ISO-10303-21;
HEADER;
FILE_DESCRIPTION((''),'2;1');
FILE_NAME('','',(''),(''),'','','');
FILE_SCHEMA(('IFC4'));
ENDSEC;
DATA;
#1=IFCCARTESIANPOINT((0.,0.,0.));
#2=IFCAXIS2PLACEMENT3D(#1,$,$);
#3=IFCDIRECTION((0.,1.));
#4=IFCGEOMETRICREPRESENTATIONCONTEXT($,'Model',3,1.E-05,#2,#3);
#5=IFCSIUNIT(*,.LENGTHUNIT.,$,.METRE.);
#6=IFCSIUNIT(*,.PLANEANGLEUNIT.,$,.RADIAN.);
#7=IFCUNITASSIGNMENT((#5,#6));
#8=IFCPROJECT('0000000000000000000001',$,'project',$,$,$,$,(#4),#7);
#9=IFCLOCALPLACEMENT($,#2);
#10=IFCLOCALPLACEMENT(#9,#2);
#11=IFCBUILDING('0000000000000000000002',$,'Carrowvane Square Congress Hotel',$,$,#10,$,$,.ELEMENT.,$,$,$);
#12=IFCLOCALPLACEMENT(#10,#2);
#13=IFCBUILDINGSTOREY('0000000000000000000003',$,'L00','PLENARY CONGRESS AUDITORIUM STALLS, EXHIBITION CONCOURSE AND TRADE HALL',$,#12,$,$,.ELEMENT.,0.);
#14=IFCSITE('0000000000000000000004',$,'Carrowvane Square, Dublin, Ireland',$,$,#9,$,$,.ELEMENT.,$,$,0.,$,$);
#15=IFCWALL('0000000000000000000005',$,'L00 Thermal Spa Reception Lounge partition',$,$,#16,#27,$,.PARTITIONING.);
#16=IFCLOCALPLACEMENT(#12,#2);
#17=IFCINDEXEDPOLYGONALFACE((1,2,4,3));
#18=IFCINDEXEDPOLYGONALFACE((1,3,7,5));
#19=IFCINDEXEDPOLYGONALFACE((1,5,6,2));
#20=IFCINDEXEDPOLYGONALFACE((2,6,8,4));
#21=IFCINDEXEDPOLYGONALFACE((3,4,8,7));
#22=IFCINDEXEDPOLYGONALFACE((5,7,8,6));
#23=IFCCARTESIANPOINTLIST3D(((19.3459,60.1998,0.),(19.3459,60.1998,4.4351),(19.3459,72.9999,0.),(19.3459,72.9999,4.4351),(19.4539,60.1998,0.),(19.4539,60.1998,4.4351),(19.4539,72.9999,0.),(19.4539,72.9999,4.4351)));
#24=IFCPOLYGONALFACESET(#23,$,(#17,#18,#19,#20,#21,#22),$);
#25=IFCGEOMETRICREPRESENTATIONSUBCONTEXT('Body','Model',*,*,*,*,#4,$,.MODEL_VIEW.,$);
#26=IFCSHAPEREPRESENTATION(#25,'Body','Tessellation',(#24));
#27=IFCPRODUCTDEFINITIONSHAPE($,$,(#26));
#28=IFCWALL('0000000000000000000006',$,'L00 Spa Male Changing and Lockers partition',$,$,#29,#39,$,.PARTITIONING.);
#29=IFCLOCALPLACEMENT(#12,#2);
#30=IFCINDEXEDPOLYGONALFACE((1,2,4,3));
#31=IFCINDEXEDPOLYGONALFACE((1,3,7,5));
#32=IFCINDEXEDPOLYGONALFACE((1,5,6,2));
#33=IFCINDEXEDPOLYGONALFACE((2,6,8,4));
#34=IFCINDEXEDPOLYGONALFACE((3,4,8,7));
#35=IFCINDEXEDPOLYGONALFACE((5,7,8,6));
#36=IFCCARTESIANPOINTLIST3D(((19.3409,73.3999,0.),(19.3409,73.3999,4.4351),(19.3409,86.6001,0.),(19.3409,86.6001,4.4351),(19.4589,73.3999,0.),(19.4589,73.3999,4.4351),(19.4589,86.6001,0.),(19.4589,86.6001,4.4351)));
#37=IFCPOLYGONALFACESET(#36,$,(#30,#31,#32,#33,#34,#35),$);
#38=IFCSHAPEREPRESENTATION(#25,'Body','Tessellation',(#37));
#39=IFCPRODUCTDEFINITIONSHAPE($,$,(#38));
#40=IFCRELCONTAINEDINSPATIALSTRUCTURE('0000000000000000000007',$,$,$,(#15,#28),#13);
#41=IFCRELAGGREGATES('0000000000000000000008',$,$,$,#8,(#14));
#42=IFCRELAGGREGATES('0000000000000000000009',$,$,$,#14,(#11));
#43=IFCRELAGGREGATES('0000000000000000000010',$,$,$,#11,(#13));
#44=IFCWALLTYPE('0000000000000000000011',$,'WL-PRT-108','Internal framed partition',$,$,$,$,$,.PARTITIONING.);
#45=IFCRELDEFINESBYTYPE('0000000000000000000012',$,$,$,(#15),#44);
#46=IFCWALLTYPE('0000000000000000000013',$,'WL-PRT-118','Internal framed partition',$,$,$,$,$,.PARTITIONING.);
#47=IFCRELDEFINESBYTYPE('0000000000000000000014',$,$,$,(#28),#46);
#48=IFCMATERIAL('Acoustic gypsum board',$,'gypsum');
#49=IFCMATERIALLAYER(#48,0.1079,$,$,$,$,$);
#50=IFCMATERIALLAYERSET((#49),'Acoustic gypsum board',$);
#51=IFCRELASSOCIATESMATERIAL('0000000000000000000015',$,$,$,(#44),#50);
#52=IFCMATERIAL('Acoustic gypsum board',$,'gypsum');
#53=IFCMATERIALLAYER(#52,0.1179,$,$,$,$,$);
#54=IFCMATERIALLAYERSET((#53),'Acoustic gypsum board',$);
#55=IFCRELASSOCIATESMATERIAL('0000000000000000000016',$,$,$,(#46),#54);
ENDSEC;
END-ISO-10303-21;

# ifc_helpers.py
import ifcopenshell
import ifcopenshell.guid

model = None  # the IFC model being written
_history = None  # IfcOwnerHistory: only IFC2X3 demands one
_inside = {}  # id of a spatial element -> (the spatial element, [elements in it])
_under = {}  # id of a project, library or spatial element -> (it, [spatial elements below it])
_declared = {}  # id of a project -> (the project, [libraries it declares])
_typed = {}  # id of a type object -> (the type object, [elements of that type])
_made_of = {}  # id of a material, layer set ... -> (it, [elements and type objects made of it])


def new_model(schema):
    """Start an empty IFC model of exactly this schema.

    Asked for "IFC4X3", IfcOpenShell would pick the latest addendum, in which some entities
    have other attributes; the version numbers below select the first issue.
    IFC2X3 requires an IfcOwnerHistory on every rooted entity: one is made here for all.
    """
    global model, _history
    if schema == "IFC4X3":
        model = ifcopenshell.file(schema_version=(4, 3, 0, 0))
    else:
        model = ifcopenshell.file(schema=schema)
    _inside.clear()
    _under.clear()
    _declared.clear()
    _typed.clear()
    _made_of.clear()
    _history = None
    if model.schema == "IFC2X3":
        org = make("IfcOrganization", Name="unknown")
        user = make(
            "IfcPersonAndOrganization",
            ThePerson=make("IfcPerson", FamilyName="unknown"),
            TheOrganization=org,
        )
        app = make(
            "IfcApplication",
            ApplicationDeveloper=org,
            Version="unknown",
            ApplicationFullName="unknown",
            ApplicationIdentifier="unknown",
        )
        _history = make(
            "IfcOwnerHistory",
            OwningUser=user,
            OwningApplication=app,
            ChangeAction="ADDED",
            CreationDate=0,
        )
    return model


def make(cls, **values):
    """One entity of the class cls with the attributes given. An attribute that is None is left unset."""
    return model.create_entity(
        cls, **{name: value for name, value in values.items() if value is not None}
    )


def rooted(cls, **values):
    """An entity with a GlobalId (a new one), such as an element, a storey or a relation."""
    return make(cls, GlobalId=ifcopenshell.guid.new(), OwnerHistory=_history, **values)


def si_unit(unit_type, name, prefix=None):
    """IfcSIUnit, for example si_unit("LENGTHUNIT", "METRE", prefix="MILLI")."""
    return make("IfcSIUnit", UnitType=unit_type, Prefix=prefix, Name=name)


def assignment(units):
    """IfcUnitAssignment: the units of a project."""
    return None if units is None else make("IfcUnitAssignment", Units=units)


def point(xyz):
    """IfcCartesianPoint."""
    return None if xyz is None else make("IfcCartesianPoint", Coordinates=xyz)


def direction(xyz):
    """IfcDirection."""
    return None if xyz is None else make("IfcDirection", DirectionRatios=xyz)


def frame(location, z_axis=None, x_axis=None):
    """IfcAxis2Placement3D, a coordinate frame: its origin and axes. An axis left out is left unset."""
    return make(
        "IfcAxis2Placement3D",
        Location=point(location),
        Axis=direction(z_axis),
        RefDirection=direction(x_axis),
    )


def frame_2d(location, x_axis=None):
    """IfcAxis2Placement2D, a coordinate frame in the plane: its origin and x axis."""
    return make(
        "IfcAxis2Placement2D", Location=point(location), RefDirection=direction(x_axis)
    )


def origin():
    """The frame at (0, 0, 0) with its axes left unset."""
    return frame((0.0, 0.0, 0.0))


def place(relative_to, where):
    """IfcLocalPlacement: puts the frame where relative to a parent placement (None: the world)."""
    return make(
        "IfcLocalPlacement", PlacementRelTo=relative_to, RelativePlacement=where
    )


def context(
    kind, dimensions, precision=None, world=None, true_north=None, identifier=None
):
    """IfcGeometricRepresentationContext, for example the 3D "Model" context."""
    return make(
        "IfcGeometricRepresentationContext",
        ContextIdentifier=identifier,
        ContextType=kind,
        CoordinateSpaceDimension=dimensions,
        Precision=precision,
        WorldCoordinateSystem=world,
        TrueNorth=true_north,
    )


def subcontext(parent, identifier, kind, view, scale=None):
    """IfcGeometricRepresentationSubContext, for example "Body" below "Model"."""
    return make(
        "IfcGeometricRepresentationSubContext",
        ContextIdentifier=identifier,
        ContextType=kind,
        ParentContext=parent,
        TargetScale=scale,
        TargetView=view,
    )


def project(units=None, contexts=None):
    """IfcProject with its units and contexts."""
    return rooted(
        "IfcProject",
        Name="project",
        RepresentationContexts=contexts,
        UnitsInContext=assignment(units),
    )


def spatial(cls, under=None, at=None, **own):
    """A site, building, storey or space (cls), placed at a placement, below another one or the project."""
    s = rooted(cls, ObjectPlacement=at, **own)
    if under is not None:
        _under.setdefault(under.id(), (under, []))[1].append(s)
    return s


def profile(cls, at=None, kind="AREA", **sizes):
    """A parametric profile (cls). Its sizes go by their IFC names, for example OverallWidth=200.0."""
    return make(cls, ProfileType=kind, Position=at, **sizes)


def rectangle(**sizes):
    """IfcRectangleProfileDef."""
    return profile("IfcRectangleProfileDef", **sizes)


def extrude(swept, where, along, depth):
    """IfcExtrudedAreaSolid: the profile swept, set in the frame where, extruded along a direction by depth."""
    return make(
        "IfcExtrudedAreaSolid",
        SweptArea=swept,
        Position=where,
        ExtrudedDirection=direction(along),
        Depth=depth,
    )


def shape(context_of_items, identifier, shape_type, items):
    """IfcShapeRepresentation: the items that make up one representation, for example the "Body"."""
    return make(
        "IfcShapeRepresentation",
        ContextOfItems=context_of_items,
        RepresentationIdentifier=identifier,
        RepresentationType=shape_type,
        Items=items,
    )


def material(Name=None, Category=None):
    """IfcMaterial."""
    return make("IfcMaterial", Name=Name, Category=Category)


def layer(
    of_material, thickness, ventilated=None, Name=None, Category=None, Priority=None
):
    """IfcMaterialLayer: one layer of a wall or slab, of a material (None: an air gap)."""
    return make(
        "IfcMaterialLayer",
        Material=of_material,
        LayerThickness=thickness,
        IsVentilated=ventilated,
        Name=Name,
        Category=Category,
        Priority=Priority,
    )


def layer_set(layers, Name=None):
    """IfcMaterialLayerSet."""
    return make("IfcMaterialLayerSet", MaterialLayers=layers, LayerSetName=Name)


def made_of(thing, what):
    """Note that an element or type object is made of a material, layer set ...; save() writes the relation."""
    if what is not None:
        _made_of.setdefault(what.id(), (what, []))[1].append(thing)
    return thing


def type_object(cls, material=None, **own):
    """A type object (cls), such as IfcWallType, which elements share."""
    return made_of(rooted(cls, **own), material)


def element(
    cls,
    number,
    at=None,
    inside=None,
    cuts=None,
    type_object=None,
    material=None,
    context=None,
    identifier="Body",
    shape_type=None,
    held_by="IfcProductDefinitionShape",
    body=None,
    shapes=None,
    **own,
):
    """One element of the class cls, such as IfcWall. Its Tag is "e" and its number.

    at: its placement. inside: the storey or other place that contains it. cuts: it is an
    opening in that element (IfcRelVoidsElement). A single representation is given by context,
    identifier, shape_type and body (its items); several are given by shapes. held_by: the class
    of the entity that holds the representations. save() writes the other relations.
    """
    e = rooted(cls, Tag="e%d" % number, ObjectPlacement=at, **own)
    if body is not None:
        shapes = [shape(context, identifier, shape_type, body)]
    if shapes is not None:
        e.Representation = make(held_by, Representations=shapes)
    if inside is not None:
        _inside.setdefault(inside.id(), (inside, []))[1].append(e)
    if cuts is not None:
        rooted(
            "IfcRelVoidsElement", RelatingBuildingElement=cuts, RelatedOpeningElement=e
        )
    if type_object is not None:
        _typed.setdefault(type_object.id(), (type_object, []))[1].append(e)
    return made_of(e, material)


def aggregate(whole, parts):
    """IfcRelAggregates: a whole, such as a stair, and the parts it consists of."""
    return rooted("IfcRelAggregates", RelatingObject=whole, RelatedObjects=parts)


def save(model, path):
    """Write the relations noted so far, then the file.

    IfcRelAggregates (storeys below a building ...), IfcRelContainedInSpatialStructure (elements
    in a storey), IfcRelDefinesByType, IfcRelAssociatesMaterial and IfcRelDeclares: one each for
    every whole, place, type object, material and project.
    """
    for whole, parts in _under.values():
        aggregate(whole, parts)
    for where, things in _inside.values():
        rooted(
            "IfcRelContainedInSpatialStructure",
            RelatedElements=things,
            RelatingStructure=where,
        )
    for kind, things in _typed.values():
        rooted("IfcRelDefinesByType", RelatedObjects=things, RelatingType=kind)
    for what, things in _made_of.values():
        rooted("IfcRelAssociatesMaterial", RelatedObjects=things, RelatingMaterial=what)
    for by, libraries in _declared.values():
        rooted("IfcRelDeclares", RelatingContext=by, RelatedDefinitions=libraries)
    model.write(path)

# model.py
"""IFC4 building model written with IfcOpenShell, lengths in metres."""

from ifc_helpers import new_model, si_unit, direction, frame, frame_2d, origin, place, context, subcontext, project, spatial, rectangle, extrude, material, layer, layer_set, type_object, element, save


model = new_model("IFC4")

# Units and contexts
model_context = context("Model", 3, precision=1e-05, world=origin(), true_north=direction((0.0, 1.0)))
body_context = subcontext(model_context, "Body", "Model", "MODEL_VIEW")
ifc_project = project(units=[si_unit("LENGTHUNIT", "METRE"), si_unit("PLANEANGLEUNIT", "RADIAN")], contexts=[model_context])

# Site, building, storey
site_placement = place(None, origin())
site = spatial("IfcSite", under=ifc_project, at=site_placement, Name="Carrowvane Square, Dublin, Ireland", CompositionType="ELEMENT", RefElevation=0.0)
building_placement = place(site_placement, origin())
building = spatial("IfcBuilding", under=site, at=building_placement, Name="Carrowvane Square Congress Hotel", CompositionType="ELEMENT")
storey_placement = place(building_placement, origin())
storey = spatial("IfcBuildingStorey", under=building, at=storey_placement, Name="L00", Description="PLENARY CONGRESS AUDITORIUM STALLS, EXHIBITION CONCOURSE AND TRADE HALL", CompositionType="ELEMENT", Elevation=0.0)

# Walls
ifc_material_1 = material(Name="Acoustic gypsum board", Category="gypsum")
ifc_layer_1 = layer(ifc_material_1, 0.1079)
ifc_layer_set_1 = layer_set([ifc_layer_1], Name="Acoustic gypsum board")
wall_type_1 = type_object("IfcWallType", Name="WL-PRT-108", Description="Internal framed partition", PredefinedType="PARTITIONING", material=ifc_layer_set_1)
wall_1_placement = place(storey_placement, frame((19.3999, 60.2, 0.0), z_axis=(0.0, 0.0, 1.0), x_axis=(0.0, 1.0, 0.0)))
element("IfcWall", 1, at=wall_1_placement, inside=storey, type_object=wall_type_1, Name="L00 Thermal Spa Reception Lounge partition", PredefinedType="PARTITIONING", context=body_context, shape_type="SweptSolid", body=[
    extrude(rectangle(XDim=12.8, YDim=0.1079, at=frame_2d((6.3999, 0.0))), origin(), (0.0, 0.0, 1.0), 4.4351),
])
ifc_material_2 = material(Name="Acoustic gypsum board", Category="gypsum")
ifc_layer_2 = layer(ifc_material_2, 0.1179)
ifc_layer_set_2 = layer_set([ifc_layer_2], Name="Acoustic gypsum board")
wall_type_2 = type_object("IfcWallType", Name="WL-PRT-118", Description="Internal framed partition", PredefinedType="PARTITIONING", material=ifc_layer_set_2)
wall_2_placement = place(storey_placement, frame((19.3999, 73.3999, 0.0), z_axis=(0.0, 0.0, 1.0), x_axis=(0.0, 1.0, 0.0)))
element("IfcWall", 2, at=wall_2_placement, inside=storey, type_object=wall_type_2, Name="L00 Spa Male Changing and Lockers partition", PredefinedType="PARTITIONING", context=body_context, shape_type="SweptSolid", body=[
    extrude(rectangle(XDim=13.2002, YDim=0.1179, at=frame_2d((6.6001, 0.0))), origin(), (0.0, 0.0, 1.0), 4.4351),
])

save(model, "model.ifc")
